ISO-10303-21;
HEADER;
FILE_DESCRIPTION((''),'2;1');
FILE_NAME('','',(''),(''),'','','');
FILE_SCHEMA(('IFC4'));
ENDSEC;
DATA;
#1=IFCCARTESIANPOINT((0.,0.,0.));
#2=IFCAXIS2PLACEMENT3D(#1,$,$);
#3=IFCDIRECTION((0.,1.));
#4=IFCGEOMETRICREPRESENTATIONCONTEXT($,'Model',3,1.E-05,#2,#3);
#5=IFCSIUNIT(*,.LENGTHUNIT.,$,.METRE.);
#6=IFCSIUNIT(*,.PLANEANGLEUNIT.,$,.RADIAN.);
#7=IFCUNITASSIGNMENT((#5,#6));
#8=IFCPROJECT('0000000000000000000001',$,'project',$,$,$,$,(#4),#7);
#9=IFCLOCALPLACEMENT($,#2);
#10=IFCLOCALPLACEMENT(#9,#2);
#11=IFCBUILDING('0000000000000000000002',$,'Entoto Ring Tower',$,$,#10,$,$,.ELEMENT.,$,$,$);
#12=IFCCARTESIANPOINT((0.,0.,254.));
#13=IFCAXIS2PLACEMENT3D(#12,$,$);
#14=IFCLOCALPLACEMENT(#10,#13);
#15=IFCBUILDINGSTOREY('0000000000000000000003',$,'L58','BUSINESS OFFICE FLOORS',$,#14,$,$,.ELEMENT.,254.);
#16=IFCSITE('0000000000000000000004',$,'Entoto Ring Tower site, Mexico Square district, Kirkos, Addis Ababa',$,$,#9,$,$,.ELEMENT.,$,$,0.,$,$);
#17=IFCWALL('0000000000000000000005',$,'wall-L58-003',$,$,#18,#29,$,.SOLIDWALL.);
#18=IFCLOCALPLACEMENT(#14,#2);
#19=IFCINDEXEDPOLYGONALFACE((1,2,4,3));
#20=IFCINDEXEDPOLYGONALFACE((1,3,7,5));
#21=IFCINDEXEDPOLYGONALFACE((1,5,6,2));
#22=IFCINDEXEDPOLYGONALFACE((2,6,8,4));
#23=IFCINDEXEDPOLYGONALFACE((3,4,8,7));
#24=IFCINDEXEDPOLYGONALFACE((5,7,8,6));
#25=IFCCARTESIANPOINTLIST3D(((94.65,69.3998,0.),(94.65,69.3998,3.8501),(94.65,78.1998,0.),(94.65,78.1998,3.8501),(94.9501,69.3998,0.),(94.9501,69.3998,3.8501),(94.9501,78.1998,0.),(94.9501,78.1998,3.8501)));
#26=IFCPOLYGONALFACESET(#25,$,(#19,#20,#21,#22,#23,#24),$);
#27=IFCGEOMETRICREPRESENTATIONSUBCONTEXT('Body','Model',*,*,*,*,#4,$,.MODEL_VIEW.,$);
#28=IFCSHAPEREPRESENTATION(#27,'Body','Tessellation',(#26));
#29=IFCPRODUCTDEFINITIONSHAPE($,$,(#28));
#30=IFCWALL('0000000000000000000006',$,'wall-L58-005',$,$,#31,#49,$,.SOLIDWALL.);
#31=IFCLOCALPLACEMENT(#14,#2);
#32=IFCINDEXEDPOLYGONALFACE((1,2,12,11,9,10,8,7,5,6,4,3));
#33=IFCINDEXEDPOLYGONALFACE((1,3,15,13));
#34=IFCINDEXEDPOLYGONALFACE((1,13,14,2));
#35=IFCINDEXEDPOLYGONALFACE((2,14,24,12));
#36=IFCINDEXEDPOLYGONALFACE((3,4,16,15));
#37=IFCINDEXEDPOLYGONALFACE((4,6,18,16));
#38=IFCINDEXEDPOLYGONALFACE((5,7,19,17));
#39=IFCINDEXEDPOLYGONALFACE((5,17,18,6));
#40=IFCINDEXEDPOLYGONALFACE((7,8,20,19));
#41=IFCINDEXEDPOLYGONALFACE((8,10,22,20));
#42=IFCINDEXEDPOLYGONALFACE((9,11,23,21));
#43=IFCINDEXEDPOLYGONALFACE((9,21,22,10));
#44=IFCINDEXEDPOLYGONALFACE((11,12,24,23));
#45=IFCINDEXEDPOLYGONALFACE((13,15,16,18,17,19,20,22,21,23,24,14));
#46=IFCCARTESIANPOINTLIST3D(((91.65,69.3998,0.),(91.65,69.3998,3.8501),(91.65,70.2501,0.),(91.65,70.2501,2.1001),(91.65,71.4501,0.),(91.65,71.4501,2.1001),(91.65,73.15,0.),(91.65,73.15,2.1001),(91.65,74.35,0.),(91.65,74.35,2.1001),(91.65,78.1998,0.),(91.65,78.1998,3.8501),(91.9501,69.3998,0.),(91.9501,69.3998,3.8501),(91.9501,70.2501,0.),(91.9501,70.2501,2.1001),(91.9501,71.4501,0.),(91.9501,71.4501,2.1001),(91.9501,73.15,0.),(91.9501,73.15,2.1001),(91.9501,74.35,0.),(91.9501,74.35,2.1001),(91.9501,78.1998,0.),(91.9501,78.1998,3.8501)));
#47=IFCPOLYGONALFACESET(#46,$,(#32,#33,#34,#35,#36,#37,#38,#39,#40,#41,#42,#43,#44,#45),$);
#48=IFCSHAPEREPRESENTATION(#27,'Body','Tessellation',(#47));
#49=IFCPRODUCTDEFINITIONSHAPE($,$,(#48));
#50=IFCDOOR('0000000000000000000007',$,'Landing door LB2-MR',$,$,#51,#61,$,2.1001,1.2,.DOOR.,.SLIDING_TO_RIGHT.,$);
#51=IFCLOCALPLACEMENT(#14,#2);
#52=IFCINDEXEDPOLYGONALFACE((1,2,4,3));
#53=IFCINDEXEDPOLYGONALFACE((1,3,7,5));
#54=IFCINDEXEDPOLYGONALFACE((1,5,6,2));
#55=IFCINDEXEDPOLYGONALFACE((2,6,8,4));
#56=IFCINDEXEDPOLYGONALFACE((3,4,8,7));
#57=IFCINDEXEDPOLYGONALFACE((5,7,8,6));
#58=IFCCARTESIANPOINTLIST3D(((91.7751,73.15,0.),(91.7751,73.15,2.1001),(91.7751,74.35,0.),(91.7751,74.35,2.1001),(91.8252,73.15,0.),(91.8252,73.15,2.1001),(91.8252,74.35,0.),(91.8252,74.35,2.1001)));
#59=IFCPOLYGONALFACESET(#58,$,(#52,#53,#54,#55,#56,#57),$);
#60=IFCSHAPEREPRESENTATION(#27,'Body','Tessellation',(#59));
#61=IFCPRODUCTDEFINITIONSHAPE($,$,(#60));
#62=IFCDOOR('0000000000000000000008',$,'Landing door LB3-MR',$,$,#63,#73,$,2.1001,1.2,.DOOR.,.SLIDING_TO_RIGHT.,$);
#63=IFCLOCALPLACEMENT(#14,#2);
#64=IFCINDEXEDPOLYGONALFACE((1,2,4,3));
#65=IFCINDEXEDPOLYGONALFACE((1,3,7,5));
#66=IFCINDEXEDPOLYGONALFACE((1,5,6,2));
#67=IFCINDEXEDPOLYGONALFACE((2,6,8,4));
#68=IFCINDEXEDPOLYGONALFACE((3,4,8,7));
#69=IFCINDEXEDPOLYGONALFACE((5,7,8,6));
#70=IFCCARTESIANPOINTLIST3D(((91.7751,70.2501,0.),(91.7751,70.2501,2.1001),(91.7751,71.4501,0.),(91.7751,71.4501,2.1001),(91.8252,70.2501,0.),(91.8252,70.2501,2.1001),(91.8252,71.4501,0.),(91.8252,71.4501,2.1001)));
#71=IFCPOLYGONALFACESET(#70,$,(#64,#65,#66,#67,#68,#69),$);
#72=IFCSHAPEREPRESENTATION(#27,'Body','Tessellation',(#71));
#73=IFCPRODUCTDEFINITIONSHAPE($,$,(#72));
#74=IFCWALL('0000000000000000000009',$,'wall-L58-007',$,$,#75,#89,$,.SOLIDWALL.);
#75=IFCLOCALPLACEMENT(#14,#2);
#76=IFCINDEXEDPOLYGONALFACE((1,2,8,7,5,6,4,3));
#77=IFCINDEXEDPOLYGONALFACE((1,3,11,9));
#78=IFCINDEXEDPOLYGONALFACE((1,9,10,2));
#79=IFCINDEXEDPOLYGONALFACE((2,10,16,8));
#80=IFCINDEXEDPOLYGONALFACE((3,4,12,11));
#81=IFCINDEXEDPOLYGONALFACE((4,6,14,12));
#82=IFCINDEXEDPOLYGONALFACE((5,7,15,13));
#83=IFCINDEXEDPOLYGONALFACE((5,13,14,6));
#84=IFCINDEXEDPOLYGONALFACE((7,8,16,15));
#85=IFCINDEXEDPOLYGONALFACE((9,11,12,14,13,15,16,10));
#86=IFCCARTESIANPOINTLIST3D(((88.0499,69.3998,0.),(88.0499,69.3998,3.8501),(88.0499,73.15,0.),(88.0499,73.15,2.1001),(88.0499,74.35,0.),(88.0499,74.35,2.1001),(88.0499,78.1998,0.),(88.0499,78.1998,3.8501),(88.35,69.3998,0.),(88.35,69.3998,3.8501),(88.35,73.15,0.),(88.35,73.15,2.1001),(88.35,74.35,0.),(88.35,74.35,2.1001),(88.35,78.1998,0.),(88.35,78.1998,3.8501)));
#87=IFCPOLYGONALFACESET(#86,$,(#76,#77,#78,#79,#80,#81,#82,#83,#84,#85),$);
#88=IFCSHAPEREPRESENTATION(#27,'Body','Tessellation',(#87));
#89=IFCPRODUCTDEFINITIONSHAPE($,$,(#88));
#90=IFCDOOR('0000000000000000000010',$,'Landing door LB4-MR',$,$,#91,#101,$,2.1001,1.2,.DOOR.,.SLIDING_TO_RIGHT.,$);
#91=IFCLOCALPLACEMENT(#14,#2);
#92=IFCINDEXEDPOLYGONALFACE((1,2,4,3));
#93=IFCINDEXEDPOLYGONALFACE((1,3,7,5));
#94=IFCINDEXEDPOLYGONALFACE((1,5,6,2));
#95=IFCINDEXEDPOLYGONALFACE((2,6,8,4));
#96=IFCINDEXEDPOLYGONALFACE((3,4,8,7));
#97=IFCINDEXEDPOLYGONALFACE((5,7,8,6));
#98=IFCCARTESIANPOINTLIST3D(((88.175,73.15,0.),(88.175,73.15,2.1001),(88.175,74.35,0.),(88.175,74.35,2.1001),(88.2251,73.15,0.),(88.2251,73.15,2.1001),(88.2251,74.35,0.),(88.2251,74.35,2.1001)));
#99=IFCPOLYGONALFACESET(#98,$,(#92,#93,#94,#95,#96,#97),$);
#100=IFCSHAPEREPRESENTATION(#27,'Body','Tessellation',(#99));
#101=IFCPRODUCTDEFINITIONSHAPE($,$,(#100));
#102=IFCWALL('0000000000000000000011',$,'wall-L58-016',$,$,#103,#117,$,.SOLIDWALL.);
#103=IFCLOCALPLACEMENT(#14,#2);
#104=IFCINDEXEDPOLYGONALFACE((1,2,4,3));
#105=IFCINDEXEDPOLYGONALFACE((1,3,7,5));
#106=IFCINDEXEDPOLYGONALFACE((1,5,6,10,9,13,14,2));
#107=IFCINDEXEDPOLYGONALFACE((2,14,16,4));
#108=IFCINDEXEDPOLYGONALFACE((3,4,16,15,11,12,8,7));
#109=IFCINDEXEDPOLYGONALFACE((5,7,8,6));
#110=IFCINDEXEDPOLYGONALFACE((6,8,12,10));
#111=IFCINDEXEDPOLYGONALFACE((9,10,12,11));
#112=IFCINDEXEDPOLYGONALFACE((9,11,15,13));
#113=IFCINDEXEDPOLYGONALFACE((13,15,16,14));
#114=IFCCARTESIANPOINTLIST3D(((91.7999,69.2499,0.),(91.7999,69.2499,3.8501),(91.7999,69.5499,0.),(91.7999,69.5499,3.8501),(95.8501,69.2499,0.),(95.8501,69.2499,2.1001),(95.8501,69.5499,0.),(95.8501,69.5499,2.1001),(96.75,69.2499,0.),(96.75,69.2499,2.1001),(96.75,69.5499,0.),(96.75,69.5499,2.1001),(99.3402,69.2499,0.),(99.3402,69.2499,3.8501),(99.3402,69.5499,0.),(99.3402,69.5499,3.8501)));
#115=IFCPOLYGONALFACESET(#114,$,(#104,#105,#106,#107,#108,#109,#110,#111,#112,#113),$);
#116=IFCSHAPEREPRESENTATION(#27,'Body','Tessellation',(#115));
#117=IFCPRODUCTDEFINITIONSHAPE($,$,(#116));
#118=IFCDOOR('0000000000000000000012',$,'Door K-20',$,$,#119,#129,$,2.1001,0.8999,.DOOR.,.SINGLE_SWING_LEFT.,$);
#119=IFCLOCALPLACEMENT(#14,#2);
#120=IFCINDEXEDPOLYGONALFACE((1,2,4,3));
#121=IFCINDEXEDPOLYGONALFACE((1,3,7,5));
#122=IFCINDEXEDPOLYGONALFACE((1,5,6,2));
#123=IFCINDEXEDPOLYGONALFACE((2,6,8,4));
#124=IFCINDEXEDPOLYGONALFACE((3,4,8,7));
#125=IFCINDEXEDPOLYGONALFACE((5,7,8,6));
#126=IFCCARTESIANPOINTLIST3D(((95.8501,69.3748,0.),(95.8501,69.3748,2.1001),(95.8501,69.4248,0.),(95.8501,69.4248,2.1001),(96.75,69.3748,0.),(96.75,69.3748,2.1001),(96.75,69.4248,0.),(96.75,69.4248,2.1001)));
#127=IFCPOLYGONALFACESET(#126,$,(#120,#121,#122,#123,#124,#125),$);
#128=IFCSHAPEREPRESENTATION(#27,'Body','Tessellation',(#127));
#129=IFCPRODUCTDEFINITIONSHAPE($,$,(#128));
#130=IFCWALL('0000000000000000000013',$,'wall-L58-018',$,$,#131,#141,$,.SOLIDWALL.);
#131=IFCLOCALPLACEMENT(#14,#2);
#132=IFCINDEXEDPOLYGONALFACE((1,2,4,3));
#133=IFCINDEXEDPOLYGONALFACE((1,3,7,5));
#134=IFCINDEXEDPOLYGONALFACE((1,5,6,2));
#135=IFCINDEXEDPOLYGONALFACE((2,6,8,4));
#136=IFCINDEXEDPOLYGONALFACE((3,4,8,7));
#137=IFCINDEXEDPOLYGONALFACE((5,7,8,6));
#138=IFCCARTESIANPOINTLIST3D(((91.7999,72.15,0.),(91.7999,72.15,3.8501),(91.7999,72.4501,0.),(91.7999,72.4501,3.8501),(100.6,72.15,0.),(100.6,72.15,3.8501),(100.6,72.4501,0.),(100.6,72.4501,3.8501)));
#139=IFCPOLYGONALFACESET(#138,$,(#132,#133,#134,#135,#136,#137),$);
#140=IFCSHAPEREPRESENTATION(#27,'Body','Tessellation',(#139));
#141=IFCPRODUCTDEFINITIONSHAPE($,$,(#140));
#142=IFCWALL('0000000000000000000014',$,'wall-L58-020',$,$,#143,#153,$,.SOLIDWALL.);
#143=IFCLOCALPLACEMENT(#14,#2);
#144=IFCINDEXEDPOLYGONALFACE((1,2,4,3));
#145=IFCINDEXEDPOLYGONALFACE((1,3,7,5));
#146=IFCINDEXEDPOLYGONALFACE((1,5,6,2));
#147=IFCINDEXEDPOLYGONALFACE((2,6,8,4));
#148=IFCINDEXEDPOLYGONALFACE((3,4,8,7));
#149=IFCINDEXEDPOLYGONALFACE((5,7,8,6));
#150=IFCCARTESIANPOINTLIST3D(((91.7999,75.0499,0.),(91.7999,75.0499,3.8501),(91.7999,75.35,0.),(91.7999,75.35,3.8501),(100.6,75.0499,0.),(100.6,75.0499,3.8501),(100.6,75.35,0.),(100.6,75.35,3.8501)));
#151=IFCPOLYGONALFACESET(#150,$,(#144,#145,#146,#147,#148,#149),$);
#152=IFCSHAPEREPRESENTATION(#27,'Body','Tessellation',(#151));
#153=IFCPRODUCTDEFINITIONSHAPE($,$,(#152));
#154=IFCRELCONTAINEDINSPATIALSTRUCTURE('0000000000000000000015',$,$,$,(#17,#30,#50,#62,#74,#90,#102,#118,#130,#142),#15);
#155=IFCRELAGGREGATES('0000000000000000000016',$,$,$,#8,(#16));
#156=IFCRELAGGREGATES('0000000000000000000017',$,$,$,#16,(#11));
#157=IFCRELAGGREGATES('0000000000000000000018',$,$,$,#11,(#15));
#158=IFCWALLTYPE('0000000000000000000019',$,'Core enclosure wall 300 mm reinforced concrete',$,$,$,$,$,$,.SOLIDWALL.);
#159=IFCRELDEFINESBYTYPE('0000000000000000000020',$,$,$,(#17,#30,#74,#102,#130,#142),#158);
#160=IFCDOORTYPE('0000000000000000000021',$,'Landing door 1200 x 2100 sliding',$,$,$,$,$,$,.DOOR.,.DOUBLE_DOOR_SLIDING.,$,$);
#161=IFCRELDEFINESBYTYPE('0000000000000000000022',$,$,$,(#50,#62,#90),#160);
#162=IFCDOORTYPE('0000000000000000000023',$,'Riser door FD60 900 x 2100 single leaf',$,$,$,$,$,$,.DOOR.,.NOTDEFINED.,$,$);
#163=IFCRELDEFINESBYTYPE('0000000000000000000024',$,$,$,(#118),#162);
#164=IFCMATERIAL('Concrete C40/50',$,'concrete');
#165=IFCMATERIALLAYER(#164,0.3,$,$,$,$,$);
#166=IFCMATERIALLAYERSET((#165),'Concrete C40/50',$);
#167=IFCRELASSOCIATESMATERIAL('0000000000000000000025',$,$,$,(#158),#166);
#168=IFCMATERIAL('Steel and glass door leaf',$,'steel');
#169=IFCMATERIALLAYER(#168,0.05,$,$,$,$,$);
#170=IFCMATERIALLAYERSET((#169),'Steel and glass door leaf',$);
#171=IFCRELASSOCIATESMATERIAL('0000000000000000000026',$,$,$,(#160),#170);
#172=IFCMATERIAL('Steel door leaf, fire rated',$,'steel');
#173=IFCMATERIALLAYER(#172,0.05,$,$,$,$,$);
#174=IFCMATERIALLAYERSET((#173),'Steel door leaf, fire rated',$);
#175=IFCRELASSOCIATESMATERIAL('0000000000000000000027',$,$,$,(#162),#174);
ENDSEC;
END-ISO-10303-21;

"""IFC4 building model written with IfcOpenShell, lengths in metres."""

from ifc_helpers import new_model, si_unit, direction, frame, frame_2d, origin, place, context, subcontext, project, spatial, rectangle, extrude, material, layer, layer_set, type_object, element, fill, save


model = new_model("IFC4")

# Units and contexts
model_context = context("Model", 3, precision=1e-05, world=origin(), true_north=direction((0.0, 1.0)))
body_context = subcontext(model_context, "Body", "Model", "MODEL_VIEW")
ifc_project = project(units=[si_unit("LENGTHUNIT", "METRE"), si_unit("PLANEANGLEUNIT", "RADIAN")], contexts=[model_context])

# Site, building, storey
site_placement = place(None, origin())
site = spatial("IfcSite", under=ifc_project, at=site_placement, Name="Entoto Ring Tower site, Mexico Square district, Kirkos, Addis Ababa", CompositionType="ELEMENT", RefElevation=0.0)
building_placement = place(site_placement, origin())
building = spatial("IfcBuilding", under=site, at=building_placement, Name="Entoto Ring Tower", CompositionType="ELEMENT")
storey_placement = place(building_placement, frame((0.0, 0.0, 254.0)))
storey = spatial("IfcBuildingStorey", under=building, at=storey_placement, Name="L58", Description="BUSINESS OFFICE FLOORS", CompositionType="ELEMENT", Elevation=254.0)

# Wall
ifc_material_1 = material(Name="Concrete C40/50", Category="concrete")
ifc_layer_1 = layer(ifc_material_1, 0.3)
ifc_layer_set_1 = layer_set([ifc_layer_1], Name="Concrete C40/50")
wall_type_1 = type_object("IfcWallType", Name="Core enclosure wall 300 mm reinforced concrete", PredefinedType="SOLIDWALL", material=ifc_layer_set_1)
wall_1_placement = place(storey_placement, frame((94.8, 69.3999, 0.0), z_axis=(0.0, 0.0, 1.0), x_axis=(0.0, 1.0, 0.0)))
element("IfcWall", 1, at=wall_1_placement, inside=storey, type_object=wall_type_1, Name="wall-L58-003", PredefinedType="SOLIDWALL", context=body_context, shape_type="SweptSolid", body=[
    extrude(rectangle(XDim=8.8, YDim=0.3, at=frame_2d((4.3999, 0.0))), origin(), (0.0, 0.0, 1.0), 3.8501),
])

# Wall, openings, doors
wall_2_placement = place(storey_placement, frame((91.8, 69.3999, 0.0), z_axis=(0.0, 0.0, 1.0), x_axis=(0.0, 1.0, 0.0)))
wall_2 = element("IfcWall", 2, at=wall_2_placement, inside=storey, type_object=wall_type_1, Name="wall-L58-005", PredefinedType="SOLIDWALL", context=body_context, shape_type="SweptSolid", body=[
    extrude(rectangle(XDim=8.8, YDim=0.3, at=frame_2d((4.3999, 0.0))), origin(), (0.0, 0.0, 1.0), 3.8501),
])
opening_1_placement = place(wall_2_placement, frame((3.75, 0.0, 0.0)))
opening_1 = element("IfcOpeningElement", 3, at=opening_1_placement, cuts=wall_2, PredefinedType="OPENING", context=body_context, shape_type="SweptSolid", body=[
    extrude(rectangle(XDim=1.2, YDim=2.1001, at=frame_2d((0.6001, 1.05))), frame((0.0, 0.1602, 0.0), z_axis=(0.0, -1.0, 0.0), x_axis=(1.0, 0.0, 0.0)), (0.0, 0.0, 1.0), 0.3201),
])
opening_2_placement = place(wall_2_placement, frame((0.8501, 0.0, 0.0)))
opening_2 = element("IfcOpeningElement", 4, at=opening_2_placement, cuts=wall_2, PredefinedType="OPENING", context=body_context, shape_type="SweptSolid", body=[
    extrude(rectangle(XDim=1.2, YDim=2.1001, at=frame_2d((0.6001, 1.05))), frame((0.0, 0.1602, 0.0), z_axis=(0.0, -1.0, 0.0), x_axis=(1.0, 0.0, 0.0)), (0.0, 0.0, 1.0), 0.3201),
])
ifc_material_2 = material(Name="Steel and glass door leaf", Category="steel")
ifc_layer_2 = layer(ifc_material_2, 0.05)
ifc_layer_set_2 = layer_set([ifc_layer_2], Name="Steel and glass door leaf")
door_type_1 = type_object("IfcDoorType", Name="Landing door 1200 x 2100 sliding", OperationType="DOUBLE_DOOR_SLIDING", PredefinedType="DOOR", material=ifc_layer_set_2)
door_1_placement = place(opening_1_placement, origin())
door_1 = element("IfcDoor", 5, at=door_1_placement, inside=storey, type_object=door_type_1, Name="Landing door LB2-MR", OperationType="SLIDING_TO_RIGHT", OverallHeight=2.1001, OverallWidth=1.2, PredefinedType="DOOR", context=body_context, shape_type="SweptSolid", body=[
    extrude(rectangle(XDim=1.2, YDim=2.1001, at=frame_2d((0.6001, 1.05))), frame((0.0, 0.0249, 0.0), z_axis=(0.0, -1.0, 0.0), x_axis=(1.0, 0.0, 0.0)), (0.0, 0.0, 1.0), 0.05),
])
fill(opening_1, door_1)
door_2_placement = place(opening_2_placement, origin())
door_2 = element("IfcDoor", 6, at=door_2_placement, inside=storey, type_object=door_type_1, Name="Landing door LB3-MR", OperationType="SLIDING_TO_RIGHT", OverallHeight=2.1001, OverallWidth=1.2, PredefinedType="DOOR", context=body_context, shape_type="SweptSolid", body=[
    extrude(rectangle(XDim=1.2, YDim=2.1001, at=frame_2d((0.6001, 1.05))), frame((0.0, 0.0249, 0.0), z_axis=(0.0, -1.0, 0.0), x_axis=(1.0, 0.0, 0.0)), (0.0, 0.0, 1.0), 0.05),
])
fill(opening_2, door_2)

# Walls, openings, doors
wall_3_placement = place(storey_placement, frame((88.2, 69.3999, 0.0), z_axis=(0.0, 0.0, 1.0), x_axis=(0.0, 1.0, 0.0)))
wall_3 = element("IfcWall", 7, at=wall_3_placement, inside=storey, type_object=wall_type_1, Name="wall-L58-007", PredefinedType="SOLIDWALL", context=body_context, shape_type="SweptSolid", body=[
    extrude(rectangle(XDim=8.8, YDim=0.3, at=frame_2d((4.3999, 0.0))), origin(), (0.0, 0.0, 1.0), 3.8501),
])
opening_3_placement = place(wall_3_placement, frame((3.75, 0.0, 0.0)))
opening_3 = element("IfcOpeningElement", 8, at=opening_3_placement, cuts=wall_3, PredefinedType="OPENING", context=body_context, shape_type="SweptSolid", body=[
    extrude(rectangle(XDim=1.2, YDim=2.1001, at=frame_2d((0.6001, 1.05))), frame((0.0, 0.1602, 0.0), z_axis=(0.0, -1.0, 0.0), x_axis=(1.0, 0.0, 0.0)), (0.0, 0.0, 1.0), 0.3201),
])
door_3_placement = place(opening_3_placement, origin())
door_3 = element("IfcDoor", 9, at=door_3_placement, inside=storey, type_object=door_type_1, Name="Landing door LB4-MR", OperationType="SLIDING_TO_RIGHT", OverallHeight=2.1001, OverallWidth=1.2, PredefinedType="DOOR", context=body_context, shape_type="SweptSolid", body=[
    extrude(rectangle(XDim=1.2, YDim=2.1001, at=frame_2d((0.6001, 1.05))), frame((0.0, 0.0249, 0.0), z_axis=(0.0, -1.0, 0.0), x_axis=(1.0, 0.0, 0.0)), (0.0, 0.0, 1.0), 0.05),
])
fill(opening_3, door_3)
wall_4_placement = place(storey_placement, frame((91.8, 69.3999, 0.0), z_axis=(0.0, 0.0, 1.0), x_axis=(1.0, 0.0, 0.0)))
wall_4 = element("IfcWall", 10, at=wall_4_placement, inside=storey, type_object=wall_type_1, Name="wall-L58-016", PredefinedType="SOLIDWALL", context=body_context, shape_type="SweptSolid", body=[
    extrude(rectangle(XDim=7.5403, YDim=0.3, at=frame_2d((3.77, 0.0))), origin(), (0.0, 0.0, 1.0), 3.8501),
])
opening_4_placement = place(wall_4_placement, frame((4.05, 0.0, 0.0)))
opening_4 = element("IfcOpeningElement", 11, at=opening_4_placement, cuts=wall_4, PredefinedType="OPENING", context=body_context, shape_type="SweptSolid", body=[
    extrude(rectangle(XDim=0.8999, YDim=2.1001, at=frame_2d((0.45, 1.05))), frame((0.0, 0.1602, 0.0), z_axis=(0.0, -1.0, 0.0), x_axis=(1.0, 0.0, 0.0)), (0.0, 0.0, 1.0), 0.3201),
])
ifc_material_3 = material(Name="Steel door leaf, fire rated", Category="steel")
ifc_layer_3 = layer(ifc_material_3, 0.05)
ifc_layer_set_3 = layer_set([ifc_layer_3], Name="Steel door leaf, fire rated")
door_type_2 = type_object("IfcDoorType", Name="Riser door FD60 900 x 2100 single leaf", OperationType="NOTDEFINED", PredefinedType="DOOR", material=ifc_layer_set_3)
door_4_placement = place(opening_4_placement, origin())
door_4 = element("IfcDoor", 12, at=door_4_placement, inside=storey, type_object=door_type_2, Name="Door K-20", OperationType="SINGLE_SWING_LEFT", OverallHeight=2.1001, OverallWidth=0.8999, PredefinedType="DOOR", context=body_context, shape_type="SweptSolid", body=[
    extrude(rectangle(XDim=0.8999, YDim=2.1001, at=frame_2d((0.45, 1.05))), frame((0.0, 0.0249, 0.0), z_axis=(0.0, -1.0, 0.0), x_axis=(1.0, 0.0, 0.0)), (0.0, 0.0, 1.0), 0.05),
])
fill(opening_4, door_4)

# Walls
for number, where, z_axis, x_axis, name in (
    (13, (91.8, 72.3, 0.0), (0.0, 0.0, 1.0), (1.0, 0.0, 0.0), "wall-L58-018"),
    (14, (91.8, 75.2, 0.0), (0.0, 0.0, 1.0), (1.0, 0.0, 0.0), "wall-L58-020"),
):
    element("IfcWall", number, at=place(storey_placement, frame(where, z_axis=z_axis, x_axis=x_axis)), inside=storey, type_object=wall_type_1, Name=name, PredefinedType="SOLIDWALL", context=body_context, shape_type="SweptSolid", body=[
        extrude(rectangle(XDim=8.8, YDim=0.3, at=frame_2d((4.3999, 0.0))), origin(), (0.0, 0.0, 1.0), 3.8501),
    ])

save(model, "model.ifc")
